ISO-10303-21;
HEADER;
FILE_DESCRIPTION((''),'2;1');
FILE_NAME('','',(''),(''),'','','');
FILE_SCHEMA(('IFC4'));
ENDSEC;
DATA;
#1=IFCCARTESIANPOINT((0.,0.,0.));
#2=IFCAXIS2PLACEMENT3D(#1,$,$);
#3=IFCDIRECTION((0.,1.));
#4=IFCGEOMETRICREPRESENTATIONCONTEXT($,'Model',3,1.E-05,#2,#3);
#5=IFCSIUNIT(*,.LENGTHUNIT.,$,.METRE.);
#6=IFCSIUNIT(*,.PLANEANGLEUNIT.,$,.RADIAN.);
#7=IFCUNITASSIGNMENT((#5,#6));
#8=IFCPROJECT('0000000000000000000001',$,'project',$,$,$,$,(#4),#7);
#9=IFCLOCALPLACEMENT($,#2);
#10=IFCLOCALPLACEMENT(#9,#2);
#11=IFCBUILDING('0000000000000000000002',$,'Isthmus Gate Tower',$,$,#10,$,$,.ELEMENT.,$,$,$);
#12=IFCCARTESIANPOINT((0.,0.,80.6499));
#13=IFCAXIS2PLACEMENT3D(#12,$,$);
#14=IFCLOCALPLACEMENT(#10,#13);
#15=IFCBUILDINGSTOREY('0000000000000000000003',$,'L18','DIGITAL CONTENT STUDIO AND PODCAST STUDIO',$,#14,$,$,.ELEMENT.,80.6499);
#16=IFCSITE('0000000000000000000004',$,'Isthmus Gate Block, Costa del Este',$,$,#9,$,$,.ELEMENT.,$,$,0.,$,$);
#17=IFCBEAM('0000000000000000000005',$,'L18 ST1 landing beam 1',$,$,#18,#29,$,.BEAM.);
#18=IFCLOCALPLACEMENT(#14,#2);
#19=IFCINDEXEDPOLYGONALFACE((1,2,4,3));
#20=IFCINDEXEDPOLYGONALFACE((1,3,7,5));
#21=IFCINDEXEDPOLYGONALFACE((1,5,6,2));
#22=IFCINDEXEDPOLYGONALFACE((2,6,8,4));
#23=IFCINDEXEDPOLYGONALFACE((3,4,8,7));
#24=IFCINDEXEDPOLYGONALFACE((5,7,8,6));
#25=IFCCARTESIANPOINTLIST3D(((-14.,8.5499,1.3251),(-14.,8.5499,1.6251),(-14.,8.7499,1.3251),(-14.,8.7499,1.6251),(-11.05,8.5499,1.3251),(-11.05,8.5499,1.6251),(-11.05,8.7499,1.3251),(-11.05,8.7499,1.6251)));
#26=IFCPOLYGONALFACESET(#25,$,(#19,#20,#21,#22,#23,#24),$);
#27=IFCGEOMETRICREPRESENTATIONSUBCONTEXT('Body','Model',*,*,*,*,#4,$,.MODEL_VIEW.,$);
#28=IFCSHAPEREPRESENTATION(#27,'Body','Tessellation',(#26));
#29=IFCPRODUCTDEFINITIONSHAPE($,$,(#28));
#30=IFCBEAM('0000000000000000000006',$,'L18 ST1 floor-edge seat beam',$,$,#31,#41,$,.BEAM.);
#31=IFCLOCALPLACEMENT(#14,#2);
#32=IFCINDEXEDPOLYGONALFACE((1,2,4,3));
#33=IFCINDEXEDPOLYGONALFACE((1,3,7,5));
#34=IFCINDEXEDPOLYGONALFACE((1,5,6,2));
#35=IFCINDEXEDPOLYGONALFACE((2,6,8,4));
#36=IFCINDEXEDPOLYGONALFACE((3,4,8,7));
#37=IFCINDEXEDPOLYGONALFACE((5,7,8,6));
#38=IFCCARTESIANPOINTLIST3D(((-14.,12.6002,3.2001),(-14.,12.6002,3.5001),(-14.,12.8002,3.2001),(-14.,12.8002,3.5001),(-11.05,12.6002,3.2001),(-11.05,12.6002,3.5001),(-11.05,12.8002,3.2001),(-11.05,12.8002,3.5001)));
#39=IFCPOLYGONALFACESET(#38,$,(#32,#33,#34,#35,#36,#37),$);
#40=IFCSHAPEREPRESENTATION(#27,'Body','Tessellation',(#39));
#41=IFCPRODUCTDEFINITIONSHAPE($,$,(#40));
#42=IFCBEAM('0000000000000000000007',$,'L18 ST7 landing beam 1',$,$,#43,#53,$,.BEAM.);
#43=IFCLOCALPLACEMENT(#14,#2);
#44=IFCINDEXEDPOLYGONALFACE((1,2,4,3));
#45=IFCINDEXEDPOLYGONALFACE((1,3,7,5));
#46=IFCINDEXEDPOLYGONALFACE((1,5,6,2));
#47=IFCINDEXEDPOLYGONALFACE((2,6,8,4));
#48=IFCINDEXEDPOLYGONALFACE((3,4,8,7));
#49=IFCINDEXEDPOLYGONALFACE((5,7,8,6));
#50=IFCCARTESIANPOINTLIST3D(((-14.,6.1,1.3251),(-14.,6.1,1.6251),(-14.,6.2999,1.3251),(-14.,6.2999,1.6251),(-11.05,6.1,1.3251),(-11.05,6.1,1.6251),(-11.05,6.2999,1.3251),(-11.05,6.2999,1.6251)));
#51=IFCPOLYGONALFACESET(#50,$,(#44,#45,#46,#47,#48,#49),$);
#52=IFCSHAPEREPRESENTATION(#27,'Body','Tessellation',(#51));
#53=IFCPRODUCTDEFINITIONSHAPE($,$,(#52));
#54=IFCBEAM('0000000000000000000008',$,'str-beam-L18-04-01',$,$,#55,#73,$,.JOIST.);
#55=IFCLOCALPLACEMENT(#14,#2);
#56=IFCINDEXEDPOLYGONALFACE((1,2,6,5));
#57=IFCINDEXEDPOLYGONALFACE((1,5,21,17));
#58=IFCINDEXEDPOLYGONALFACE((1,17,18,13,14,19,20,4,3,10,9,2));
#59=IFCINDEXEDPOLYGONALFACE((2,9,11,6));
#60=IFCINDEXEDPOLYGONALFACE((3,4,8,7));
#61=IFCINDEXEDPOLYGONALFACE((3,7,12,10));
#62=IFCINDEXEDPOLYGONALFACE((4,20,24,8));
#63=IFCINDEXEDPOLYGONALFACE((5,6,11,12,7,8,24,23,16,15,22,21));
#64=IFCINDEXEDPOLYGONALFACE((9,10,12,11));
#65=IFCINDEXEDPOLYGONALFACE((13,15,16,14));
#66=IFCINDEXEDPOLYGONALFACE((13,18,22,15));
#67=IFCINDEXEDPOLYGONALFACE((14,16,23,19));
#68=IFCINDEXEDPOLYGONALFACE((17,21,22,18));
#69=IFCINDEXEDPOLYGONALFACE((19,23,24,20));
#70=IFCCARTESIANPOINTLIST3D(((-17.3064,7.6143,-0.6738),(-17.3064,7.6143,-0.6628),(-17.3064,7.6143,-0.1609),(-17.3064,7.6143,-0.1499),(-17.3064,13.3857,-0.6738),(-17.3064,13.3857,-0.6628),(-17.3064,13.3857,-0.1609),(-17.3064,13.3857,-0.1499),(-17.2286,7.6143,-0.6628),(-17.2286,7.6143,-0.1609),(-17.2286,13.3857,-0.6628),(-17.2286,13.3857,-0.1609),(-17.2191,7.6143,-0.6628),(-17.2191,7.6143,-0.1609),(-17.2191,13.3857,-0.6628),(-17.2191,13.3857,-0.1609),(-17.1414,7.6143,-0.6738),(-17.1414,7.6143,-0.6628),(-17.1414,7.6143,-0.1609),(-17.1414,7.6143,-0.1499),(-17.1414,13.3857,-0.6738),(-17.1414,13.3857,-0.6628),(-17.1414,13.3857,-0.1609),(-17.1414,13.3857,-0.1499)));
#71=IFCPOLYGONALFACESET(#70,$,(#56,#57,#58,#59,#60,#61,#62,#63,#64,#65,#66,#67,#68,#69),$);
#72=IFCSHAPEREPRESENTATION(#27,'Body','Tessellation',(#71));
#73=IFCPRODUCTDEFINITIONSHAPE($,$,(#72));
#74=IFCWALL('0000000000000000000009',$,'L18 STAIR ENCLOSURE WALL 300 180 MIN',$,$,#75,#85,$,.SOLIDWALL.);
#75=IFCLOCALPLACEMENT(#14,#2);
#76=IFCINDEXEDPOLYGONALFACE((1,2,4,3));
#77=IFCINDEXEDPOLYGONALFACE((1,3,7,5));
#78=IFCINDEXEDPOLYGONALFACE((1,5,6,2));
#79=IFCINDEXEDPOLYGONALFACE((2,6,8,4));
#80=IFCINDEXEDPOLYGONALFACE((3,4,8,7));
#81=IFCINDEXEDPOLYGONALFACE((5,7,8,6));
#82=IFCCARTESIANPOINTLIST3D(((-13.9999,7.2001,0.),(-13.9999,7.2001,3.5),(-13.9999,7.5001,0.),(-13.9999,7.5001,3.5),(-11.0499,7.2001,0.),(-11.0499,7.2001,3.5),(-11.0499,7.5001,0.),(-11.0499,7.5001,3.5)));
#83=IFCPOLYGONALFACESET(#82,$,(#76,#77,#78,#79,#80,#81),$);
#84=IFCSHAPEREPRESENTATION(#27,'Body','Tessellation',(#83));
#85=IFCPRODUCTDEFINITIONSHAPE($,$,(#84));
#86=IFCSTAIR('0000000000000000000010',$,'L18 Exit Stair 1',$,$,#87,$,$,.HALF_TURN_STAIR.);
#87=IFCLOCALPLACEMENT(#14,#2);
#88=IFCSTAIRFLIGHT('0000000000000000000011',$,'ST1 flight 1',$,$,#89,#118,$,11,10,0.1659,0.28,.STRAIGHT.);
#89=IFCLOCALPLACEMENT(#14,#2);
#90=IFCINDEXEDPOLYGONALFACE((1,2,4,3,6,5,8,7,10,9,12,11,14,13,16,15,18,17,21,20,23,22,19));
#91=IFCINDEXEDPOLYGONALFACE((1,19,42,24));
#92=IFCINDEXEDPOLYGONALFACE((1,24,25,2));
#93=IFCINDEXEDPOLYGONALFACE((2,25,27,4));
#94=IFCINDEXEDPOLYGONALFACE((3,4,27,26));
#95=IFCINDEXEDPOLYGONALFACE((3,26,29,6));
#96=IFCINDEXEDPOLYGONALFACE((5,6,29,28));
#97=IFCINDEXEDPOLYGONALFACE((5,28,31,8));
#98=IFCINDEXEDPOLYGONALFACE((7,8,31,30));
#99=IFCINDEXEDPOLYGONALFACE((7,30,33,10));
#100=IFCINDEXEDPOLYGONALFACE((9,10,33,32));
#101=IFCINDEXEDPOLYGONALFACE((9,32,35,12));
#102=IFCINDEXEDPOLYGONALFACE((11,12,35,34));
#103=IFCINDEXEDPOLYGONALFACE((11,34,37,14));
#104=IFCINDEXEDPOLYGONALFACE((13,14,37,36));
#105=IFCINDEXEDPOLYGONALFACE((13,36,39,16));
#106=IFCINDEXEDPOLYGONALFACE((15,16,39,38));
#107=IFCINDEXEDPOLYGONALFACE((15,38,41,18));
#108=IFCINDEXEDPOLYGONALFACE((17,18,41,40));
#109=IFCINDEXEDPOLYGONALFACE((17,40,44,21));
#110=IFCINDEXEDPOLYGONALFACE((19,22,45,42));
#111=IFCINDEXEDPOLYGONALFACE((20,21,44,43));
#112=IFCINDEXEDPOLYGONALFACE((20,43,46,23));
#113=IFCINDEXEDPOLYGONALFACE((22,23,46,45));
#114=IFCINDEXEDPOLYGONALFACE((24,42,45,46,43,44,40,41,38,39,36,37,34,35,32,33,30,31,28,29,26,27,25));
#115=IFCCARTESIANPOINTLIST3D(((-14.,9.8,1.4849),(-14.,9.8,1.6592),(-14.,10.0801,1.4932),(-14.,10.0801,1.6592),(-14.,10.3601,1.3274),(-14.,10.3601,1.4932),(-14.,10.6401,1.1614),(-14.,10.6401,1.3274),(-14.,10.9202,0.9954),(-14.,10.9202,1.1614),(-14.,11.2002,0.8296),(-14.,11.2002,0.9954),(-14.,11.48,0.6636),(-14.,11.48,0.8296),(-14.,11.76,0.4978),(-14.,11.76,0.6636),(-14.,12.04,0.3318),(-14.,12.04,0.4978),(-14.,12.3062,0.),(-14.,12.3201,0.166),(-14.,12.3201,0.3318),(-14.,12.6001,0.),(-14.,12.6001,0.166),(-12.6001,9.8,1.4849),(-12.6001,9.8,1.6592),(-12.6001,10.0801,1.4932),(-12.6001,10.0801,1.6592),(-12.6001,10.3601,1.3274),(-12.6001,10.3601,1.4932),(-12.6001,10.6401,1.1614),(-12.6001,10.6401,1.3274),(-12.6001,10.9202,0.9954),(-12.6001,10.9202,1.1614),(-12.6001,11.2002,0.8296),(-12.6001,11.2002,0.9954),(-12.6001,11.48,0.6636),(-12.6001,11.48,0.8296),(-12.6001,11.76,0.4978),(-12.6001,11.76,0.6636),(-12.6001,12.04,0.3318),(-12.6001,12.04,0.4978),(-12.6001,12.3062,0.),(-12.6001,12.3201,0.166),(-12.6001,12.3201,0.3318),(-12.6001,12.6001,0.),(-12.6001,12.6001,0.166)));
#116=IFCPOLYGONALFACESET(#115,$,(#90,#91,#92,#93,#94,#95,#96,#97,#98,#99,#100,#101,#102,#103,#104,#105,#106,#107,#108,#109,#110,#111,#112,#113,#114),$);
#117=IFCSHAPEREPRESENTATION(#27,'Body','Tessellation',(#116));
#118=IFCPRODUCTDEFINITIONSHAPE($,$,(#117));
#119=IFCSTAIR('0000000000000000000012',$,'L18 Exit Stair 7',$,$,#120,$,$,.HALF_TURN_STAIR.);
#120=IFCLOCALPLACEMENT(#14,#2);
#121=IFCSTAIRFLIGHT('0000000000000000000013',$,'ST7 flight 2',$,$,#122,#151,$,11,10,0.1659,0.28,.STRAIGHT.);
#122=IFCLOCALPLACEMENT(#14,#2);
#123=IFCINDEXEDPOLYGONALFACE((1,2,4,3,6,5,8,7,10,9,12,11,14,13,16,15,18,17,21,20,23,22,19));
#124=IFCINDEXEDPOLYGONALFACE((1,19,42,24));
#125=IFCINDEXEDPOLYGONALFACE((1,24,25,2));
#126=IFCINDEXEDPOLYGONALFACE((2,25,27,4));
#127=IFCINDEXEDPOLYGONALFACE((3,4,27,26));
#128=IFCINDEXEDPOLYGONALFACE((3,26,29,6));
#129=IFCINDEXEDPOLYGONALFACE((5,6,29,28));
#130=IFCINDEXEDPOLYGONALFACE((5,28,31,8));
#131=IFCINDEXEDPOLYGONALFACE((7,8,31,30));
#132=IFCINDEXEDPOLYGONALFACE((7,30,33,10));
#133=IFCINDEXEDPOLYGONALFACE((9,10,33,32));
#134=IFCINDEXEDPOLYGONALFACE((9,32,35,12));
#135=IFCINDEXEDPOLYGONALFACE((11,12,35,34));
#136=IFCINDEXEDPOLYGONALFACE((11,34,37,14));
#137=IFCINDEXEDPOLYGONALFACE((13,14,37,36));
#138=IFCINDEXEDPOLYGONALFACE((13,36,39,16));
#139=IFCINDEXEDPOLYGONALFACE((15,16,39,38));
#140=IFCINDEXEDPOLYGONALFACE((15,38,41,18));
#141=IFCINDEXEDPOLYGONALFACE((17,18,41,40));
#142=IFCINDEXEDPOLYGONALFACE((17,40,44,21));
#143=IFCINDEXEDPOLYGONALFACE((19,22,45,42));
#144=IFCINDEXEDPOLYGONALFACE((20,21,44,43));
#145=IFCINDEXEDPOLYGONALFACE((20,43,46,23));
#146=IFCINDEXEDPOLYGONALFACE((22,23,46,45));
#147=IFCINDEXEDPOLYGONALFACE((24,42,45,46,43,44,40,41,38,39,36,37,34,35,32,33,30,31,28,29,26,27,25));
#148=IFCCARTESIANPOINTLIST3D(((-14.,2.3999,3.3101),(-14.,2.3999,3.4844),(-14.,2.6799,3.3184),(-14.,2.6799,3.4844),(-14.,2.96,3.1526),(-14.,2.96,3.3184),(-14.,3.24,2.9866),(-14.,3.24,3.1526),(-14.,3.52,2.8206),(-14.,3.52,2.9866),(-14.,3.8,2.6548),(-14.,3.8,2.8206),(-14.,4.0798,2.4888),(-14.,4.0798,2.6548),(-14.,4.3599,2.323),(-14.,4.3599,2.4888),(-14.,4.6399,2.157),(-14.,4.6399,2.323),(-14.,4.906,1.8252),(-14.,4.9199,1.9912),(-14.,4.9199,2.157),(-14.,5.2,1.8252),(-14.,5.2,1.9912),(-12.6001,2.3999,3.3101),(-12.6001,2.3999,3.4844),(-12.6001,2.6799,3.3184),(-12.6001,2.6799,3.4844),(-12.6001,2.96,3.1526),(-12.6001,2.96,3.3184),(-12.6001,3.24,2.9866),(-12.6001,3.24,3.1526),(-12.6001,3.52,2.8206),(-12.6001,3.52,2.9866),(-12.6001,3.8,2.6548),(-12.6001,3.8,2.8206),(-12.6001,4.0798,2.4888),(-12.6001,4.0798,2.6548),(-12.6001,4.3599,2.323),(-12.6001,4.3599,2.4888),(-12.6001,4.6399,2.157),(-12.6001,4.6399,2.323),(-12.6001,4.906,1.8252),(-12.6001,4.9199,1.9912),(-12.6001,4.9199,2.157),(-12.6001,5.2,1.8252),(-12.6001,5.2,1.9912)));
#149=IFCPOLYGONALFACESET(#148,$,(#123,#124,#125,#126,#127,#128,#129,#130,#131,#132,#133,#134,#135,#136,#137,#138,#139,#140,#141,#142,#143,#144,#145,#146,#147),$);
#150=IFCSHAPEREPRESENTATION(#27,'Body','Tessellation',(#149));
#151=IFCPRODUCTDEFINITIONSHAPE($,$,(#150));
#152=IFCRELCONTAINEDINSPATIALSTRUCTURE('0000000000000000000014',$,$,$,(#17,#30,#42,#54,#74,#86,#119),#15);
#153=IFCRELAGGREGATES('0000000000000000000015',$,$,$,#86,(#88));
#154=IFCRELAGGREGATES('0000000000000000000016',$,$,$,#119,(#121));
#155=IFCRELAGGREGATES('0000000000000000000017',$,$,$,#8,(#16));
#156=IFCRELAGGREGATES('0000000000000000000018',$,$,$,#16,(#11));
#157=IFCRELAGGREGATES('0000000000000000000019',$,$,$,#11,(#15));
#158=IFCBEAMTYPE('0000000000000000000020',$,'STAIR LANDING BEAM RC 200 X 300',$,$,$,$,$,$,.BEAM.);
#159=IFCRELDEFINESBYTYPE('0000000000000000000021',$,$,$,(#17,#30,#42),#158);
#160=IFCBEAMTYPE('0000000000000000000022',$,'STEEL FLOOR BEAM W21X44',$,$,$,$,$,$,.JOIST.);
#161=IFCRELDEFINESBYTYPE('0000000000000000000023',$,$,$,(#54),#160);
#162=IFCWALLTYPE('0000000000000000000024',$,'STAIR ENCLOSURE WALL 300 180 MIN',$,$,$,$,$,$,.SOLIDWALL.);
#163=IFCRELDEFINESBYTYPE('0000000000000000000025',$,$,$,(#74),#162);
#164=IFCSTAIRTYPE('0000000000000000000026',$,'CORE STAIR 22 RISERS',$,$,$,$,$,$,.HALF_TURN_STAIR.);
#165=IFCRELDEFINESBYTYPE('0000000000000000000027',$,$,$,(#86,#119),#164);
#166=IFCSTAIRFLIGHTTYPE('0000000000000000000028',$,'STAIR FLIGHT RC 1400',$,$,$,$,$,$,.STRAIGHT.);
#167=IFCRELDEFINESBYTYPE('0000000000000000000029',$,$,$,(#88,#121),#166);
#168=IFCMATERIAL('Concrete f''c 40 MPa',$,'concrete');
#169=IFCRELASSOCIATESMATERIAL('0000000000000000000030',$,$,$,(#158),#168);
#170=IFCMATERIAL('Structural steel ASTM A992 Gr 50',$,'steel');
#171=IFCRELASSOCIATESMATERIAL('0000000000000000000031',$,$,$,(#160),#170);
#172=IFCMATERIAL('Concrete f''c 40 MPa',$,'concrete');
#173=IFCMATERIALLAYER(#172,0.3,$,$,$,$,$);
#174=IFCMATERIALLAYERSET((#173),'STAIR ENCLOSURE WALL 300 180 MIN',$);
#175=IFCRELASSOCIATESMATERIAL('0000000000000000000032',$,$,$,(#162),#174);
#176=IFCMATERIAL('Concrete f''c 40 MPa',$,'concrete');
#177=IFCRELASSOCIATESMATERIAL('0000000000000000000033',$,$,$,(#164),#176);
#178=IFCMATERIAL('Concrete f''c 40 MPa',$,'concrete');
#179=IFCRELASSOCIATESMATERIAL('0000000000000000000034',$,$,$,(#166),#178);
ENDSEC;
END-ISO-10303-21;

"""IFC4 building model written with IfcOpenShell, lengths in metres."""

from ifc_helpers import new_model, si_unit, direction, frame, frame_2d, origin, origin_2d, place, context, subcontext, project, spatial, polyline, rectangle, i_section, outline, extrude, material, layer, layer_set, material_profile, profile_set, type_object, element, aggregate, save


model = new_model("IFC4")

# Units and contexts
model_context = context("Model", 3, precision=1e-05, world=origin(), true_north=direction((0.0, 1.0)))
body_context = subcontext(model_context, "Body", "Model", "MODEL_VIEW")
ifc_project = project(units=[si_unit("LENGTHUNIT", "METRE"), si_unit("PLANEANGLEUNIT", "RADIAN")], contexts=[model_context])

# Site, building, storey
site_placement = place(None, origin())
site = spatial("IfcSite", under=ifc_project, at=site_placement, Name="Isthmus Gate Block, Costa del Este", CompositionType="ELEMENT", RefElevation=0.0)
building_placement = place(site_placement, origin())
building = spatial("IfcBuilding", under=site, at=building_placement, Name="Isthmus Gate Tower", CompositionType="ELEMENT")
storey_placement = place(building_placement, frame((0.0, 0.0, 80.6499)))
storey = spatial("IfcBuildingStorey", under=building, at=storey_placement, Name="L18", Description="DIGITAL CONTENT STUDIO AND PODCAST STUDIO", CompositionType="ELEMENT", Elevation=80.6499)

# Beams
ifc_material_1 = material(Name="Concrete f'c 40 MPa", Category="concrete")
ifc_material_profile_1 = material_profile(ifc_material_1, rectangle(XDim=0.2, YDim=0.3, at=origin_2d()), Name="STAIR LANDING BEAM RC 200 X 300")
ifc_profile_set_1 = profile_set([ifc_material_profile_1], Name="Concrete f'c 40 MPa")
beam_type_1 = type_object("IfcBeamType", Name="STAIR LANDING BEAM RC 200 X 300", PredefinedType="BEAM", material=ifc_profile_set_1)
for number, where, z_axis, x_axis, name in (
    (1, (-14.0, 8.6499, 1.4751), (1.0, 0.0, 0.0), (0.0, 1.0, 0.0), "L18 ST1 landing beam 1"),
    (2, (-14.0, 12.7002, 3.3501), (1.0, 0.0, 0.0), (0.0, 1.0, 0.0), "L18 ST1 floor-edge seat beam"),
    (3, (-14.0, 6.2, 1.4751), (1.0, 0.0, 0.0), (0.0, 1.0, 0.0), "L18 ST7 landing beam 1"),
):
    element("IfcBeam", number, at=place(storey_placement, frame(where, z_axis=z_axis, x_axis=x_axis)), inside=storey, type_object=beam_type_1, Name=name, PredefinedType="BEAM", context=body_context, shape_type="SweptSolid", body=[
        extrude(rectangle(XDim=0.2, YDim=0.3, at=origin_2d()), origin(), (0.0, 0.0, 1.0), 2.95),
    ])
ifc_material_2 = material(Name="Structural steel ASTM A992 Gr 50", Category="steel")
ifc_material_profile_2 = material_profile(ifc_material_2, i_section(OverallWidth=0.165, OverallDepth=0.5239, WebThickness=0.0095, FlangeThickness=0.011, at=origin_2d()), Name="W21X44")
ifc_profile_set_2 = profile_set([ifc_material_profile_2], Name="Structural steel ASTM A992 Gr 50")
beam_type_2 = type_object("IfcBeamType", Name="STEEL FLOOR BEAM W21X44", PredefinedType="JOIST", material=ifc_profile_set_2)
beam_placement = place(storey_placement, frame((-17.2239, 7.6143, -0.4119), z_axis=(0.0, 1.0, 0.0), x_axis=(-1.0, 0.0, 0.0)))
element("IfcBeam", 4, at=beam_placement, inside=storey, type_object=beam_type_2, Name="str-beam-L18-04-01", PredefinedType="JOIST", context=body_context, shape_type="SweptSolid", body=[
    extrude(i_section(OverallWidth=0.165, OverallDepth=0.5239, WebThickness=0.0095, FlangeThickness=0.011, at=origin_2d()), origin(), (0.0, 0.0, 1.0), 5.7715),
])

# Wall
ifc_material_3 = material(Name="Concrete f'c 40 MPa", Category="concrete")
ifc_layer = layer(ifc_material_3, 0.3)
ifc_layer_set = layer_set([ifc_layer], Name="STAIR ENCLOSURE WALL 300 180 MIN")
wall_type = type_object("IfcWallType", Name="STAIR ENCLOSURE WALL 300 180 MIN", PredefinedType="SOLIDWALL", material=ifc_layer_set)
wall_placement = place(storey_placement, frame((-14.0, 7.3501, 0.0), z_axis=(0.0, 0.0, 1.0), x_axis=(1.0, 0.0, 0.0)))
element("IfcWall", 5, at=wall_placement, inside=storey, type_object=wall_type, Name="L18 STAIR ENCLOSURE WALL 300 180 MIN", PredefinedType="SOLIDWALL", context=body_context, shape_type="SweptSolid", body=[
    extrude(rectangle(XDim=2.95, YDim=0.3, at=frame_2d((1.4751, 0.0))), origin(), (0.0, 0.0, 1.0), 3.5),
])

# Stairs, stair flights
ifc_material_4 = material(Name="Concrete f'c 40 MPa", Category="concrete")
stair_type = type_object("IfcStairType", Name="CORE STAIR 22 RISERS", PredefinedType="HALF_TURN_STAIR", material=ifc_material_4)
stair_1_placement = place(storey_placement, origin())
stair_1 = element("IfcStair", 6, at=stair_1_placement, inside=storey, type_object=stair_type, Name="L18 Exit Stair 1", PredefinedType="HALF_TURN_STAIR")
ifc_material_5 = material(Name="Concrete f'c 40 MPa", Category="concrete")
stair_flight_type = type_object("IfcStairFlightType", Name="STAIR FLIGHT RC 1400", PredefinedType="STRAIGHT", material=ifc_material_5)
stair_flight_1_placement = place(storey_placement, frame((-13.3, 12.6001, 0.0), z_axis=(0.0, 0.0, 1.0), x_axis=(0.0, -1.0, 0.0)))
stair_flight_1 = element("IfcStairFlight", 7, at=stair_flight_1_placement, type_object=stair_flight_type, Name="ST1 flight 1", NumberOfRisers=11, NumberOfTreads=10, PredefinedType="STRAIGHT", RiserHeight=0.1659, TreadLength=0.28, context=body_context, shape_type="SweptSolid", body=[
    extrude(outline(polyline([(0.0, 0.0), (0.0, 0.166), (0.28, 0.166), (0.28, 0.3318), (0.5601, 0.3318), (0.5601, 0.4978), (0.8401, 0.4978), (0.8401, 0.6636), (1.1201, 0.6636), (1.1201, 0.8296), (1.3999, 0.8296), (1.3999, 0.9954), (1.6799, 0.9954), (1.6799, 1.1614), (1.96, 1.1614), (1.96, 1.3274), (2.24, 1.3274), (2.24, 1.4932), (2.52, 1.4932), (2.52, 1.6592), (2.8, 1.6592), (2.8, 1.825), (2.8, 1.4849), (0.2939, 0.0), (0.0, 0.0)])), frame((0.0, 0.7, 0.0), z_axis=(0.0, -1.0, 0.0), x_axis=(1.0, 0.0, 0.0)), (0.0, 0.0, 1.0), 1.3999),
])
aggregate(stair_1, [stair_flight_1])
stair_2_placement = place(storey_placement, origin())
stair_2 = element("IfcStair", 8, at=stair_2_placement, inside=storey, type_object=stair_type, Name="L18 Exit Stair 7", PredefinedType="HALF_TURN_STAIR")
stair_flight_2_placement = place(storey_placement, frame((-13.3, 5.2, 1.8252), z_axis=(0.0, 0.0, 1.0), x_axis=(0.0, -1.0, 0.0)))
stair_flight_2 = element("IfcStairFlight", 9, at=stair_flight_2_placement, type_object=stair_flight_type, Name="ST7 flight 2", NumberOfRisers=11, NumberOfTreads=10, PredefinedType="STRAIGHT", RiserHeight=0.1659, TreadLength=0.28, context=body_context, shape_type="SweptSolid", body=[
    extrude(outline(polyline([(0.0, 0.0), (0.0, 0.166), (0.28, 0.166), (0.28, 0.3318), (0.5601, 0.3318), (0.5601, 0.4978), (0.8401, 0.4978), (0.8401, 0.6636), (1.1201, 0.6636), (1.1201, 0.8296), (1.3999, 0.8296), (1.3999, 0.9954), (1.6799, 0.9954), (1.6799, 1.1614), (1.96, 1.1614), (1.96, 1.3274), (2.24, 1.3274), (2.24, 1.4932), (2.52, 1.4932), (2.52, 1.6592), (2.8, 1.6592), (2.8, 1.825), (2.8, 1.4849), (0.2939, 0.0), (0.0, 0.0)])), frame((0.0, 0.7, 0.0), z_axis=(0.0, -1.0, 0.0), x_axis=(1.0, 0.0, 0.0)), (0.0, 0.0, 1.0), 1.3999),
])
aggregate(stair_2, [stair_flight_2])

save(model, "model.ifc")
